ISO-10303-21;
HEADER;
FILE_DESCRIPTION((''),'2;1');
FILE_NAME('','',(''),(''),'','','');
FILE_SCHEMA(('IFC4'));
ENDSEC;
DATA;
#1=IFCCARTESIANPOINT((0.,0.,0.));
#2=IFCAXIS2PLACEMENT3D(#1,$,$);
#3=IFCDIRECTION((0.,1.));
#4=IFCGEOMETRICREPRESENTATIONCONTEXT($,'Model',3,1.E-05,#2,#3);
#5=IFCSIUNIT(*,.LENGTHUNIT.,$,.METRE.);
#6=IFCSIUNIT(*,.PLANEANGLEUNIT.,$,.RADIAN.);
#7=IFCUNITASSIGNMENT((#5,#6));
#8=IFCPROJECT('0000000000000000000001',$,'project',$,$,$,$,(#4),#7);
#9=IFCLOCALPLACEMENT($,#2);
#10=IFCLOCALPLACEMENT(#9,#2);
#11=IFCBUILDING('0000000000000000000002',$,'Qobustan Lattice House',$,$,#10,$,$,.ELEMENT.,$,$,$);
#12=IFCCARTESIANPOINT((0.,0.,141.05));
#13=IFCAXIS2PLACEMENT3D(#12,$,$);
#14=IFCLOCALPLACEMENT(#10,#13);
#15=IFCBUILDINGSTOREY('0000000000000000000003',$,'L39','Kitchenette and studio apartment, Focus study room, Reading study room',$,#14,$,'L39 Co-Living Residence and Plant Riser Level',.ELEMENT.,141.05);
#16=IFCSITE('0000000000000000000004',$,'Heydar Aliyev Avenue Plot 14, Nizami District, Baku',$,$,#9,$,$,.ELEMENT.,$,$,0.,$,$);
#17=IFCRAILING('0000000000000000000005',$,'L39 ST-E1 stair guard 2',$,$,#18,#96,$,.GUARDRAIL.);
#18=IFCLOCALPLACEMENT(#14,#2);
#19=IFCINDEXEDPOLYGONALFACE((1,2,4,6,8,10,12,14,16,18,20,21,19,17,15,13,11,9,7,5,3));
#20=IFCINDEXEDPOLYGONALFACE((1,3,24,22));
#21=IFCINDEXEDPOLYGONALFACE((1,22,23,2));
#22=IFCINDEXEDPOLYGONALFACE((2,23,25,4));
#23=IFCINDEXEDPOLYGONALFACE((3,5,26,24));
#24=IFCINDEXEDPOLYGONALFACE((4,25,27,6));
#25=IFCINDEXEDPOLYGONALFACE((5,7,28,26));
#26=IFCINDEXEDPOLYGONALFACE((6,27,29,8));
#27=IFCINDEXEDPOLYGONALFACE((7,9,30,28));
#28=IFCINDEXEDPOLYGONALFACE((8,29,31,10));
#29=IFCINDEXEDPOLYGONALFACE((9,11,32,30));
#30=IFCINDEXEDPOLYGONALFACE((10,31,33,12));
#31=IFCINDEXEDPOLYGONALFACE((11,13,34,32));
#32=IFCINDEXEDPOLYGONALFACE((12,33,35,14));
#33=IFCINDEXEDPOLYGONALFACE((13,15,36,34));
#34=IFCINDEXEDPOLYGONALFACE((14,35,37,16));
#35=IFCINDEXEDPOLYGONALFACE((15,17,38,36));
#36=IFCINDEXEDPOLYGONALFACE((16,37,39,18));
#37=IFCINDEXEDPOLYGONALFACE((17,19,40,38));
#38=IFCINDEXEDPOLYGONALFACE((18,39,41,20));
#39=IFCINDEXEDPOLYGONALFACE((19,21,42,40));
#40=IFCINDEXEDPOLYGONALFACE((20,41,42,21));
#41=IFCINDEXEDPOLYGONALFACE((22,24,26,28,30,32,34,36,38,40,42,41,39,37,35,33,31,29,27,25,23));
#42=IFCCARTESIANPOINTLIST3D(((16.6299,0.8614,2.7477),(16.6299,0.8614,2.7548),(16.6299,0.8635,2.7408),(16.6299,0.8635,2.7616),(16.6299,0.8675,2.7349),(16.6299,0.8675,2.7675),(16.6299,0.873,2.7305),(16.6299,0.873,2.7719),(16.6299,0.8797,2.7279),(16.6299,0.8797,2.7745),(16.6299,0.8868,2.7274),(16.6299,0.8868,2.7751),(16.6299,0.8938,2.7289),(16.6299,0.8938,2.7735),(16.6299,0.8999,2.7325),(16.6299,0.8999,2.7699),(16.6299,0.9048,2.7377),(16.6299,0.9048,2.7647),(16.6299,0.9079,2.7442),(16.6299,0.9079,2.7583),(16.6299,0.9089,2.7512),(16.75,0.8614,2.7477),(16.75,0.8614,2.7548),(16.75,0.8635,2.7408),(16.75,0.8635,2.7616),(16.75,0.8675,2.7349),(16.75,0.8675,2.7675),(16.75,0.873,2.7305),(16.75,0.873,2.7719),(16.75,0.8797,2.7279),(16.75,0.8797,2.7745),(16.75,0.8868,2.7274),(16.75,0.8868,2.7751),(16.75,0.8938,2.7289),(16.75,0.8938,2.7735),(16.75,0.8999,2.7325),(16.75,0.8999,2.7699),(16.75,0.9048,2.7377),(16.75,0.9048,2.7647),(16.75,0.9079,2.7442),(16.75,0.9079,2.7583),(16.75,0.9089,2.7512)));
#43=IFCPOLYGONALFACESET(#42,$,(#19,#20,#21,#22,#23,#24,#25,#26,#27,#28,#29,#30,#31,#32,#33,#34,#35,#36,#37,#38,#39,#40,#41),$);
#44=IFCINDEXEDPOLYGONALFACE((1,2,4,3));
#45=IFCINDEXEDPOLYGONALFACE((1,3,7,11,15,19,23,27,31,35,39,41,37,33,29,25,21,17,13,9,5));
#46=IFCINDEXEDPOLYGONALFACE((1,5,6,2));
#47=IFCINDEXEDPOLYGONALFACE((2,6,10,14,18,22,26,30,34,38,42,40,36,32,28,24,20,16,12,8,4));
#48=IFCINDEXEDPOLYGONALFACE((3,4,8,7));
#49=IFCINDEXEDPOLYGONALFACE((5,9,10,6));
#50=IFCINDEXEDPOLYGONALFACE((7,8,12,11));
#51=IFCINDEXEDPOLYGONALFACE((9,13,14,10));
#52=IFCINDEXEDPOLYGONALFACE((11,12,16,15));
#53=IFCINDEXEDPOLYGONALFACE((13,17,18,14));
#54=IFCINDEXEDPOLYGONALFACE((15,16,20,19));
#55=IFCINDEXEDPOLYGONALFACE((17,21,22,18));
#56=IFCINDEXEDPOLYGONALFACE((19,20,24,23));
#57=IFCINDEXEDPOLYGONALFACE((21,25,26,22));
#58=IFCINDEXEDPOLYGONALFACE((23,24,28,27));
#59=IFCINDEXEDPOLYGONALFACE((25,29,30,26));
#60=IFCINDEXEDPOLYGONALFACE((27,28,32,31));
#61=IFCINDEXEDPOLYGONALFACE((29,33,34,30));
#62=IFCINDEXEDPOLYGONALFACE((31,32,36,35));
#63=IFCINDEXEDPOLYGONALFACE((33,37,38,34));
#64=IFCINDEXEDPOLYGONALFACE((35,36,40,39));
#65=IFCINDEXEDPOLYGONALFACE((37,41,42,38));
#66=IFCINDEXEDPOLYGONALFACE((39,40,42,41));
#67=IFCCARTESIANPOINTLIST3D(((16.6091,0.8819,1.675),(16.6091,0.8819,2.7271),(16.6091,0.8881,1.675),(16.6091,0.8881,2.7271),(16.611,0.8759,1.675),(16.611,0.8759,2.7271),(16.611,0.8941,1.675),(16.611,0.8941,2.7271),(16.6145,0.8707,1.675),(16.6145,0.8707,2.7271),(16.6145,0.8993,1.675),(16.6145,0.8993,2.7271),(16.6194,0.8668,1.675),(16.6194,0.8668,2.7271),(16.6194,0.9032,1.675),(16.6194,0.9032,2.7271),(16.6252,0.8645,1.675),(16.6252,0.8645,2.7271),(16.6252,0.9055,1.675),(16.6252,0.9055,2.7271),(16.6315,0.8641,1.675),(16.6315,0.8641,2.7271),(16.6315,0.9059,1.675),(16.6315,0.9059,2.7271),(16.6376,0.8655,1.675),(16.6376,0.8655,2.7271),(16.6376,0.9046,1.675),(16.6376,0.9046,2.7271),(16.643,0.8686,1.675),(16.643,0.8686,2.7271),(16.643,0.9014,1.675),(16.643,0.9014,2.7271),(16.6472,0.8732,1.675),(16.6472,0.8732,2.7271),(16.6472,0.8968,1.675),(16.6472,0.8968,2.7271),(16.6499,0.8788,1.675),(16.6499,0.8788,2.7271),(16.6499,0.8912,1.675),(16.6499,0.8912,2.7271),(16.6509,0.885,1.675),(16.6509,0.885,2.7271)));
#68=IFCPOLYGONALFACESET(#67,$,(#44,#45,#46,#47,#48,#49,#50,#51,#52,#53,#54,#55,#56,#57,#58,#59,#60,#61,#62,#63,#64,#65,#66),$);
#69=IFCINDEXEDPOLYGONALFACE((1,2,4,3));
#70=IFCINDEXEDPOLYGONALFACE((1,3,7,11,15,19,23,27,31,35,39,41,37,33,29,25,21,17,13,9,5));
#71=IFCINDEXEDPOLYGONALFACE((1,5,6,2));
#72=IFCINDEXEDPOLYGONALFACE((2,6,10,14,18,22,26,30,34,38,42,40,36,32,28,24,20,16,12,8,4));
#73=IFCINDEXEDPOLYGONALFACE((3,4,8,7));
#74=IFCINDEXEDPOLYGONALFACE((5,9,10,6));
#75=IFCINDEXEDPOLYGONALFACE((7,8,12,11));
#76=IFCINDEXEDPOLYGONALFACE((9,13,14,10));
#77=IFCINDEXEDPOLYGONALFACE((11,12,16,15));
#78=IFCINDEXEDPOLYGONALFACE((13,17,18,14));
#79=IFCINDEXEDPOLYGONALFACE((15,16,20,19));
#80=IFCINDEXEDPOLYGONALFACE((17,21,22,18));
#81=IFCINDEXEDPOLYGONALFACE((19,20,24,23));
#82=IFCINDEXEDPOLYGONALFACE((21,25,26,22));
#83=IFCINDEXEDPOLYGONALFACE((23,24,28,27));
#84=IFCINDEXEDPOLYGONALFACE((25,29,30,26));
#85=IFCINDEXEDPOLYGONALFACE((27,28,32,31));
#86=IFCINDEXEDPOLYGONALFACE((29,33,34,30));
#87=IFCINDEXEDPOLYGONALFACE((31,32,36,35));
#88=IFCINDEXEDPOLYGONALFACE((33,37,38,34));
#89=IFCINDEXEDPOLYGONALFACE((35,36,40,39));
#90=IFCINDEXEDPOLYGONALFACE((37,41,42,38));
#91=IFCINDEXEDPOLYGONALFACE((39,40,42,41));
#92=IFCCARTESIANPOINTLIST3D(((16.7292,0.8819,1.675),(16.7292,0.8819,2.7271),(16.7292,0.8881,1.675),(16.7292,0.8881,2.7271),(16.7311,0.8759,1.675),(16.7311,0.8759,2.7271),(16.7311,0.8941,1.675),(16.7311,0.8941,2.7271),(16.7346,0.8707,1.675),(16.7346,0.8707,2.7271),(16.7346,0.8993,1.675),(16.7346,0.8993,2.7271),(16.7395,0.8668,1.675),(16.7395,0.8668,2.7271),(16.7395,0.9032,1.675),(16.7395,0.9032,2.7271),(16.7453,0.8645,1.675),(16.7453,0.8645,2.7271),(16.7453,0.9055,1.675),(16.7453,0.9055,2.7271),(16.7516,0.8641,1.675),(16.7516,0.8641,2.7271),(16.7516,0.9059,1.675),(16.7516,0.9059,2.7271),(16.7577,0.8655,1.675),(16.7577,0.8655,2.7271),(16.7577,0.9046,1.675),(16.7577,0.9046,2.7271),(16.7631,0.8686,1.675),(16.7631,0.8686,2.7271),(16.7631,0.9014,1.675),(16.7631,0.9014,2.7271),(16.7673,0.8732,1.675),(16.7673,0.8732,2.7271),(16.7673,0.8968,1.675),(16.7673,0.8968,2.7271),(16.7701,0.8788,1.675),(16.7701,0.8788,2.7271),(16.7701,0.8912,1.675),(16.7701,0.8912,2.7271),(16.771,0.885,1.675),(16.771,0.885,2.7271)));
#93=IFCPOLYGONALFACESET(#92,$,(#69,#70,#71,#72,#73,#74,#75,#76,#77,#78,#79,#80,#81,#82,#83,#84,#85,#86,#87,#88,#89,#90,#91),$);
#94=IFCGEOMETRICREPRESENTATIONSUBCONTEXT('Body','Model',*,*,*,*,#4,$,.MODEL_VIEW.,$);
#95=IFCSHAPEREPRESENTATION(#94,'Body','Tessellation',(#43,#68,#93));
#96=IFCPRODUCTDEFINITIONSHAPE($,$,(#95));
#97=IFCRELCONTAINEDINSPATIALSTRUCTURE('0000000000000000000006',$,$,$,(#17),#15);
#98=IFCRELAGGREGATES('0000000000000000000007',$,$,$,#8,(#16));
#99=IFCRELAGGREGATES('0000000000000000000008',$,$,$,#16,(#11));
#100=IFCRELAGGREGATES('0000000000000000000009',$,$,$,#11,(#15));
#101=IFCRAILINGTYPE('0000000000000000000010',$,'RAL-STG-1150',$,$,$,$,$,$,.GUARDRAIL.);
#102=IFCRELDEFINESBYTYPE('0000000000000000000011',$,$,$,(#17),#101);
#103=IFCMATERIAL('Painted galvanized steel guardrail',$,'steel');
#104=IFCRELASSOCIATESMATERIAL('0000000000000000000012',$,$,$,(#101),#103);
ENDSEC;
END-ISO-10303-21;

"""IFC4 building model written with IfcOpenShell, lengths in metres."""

from ifc_helpers import new_model, si_unit, direction, frame, origin, origin_2d, place, context, subcontext, project, spatial, circle, extrude, material, type_object, element, save


model = new_model("IFC4")

# Units and contexts
model_context = context("Model", 3, precision=1e-05, world=origin(), true_north=direction((0.0, 1.0)))
body_context = subcontext(model_context, "Body", "Model", "MODEL_VIEW")
ifc_project = project(units=[si_unit("LENGTHUNIT", "METRE"), si_unit("PLANEANGLEUNIT", "RADIAN")], contexts=[model_context])

# Site, building, storey
site_placement = place(None, origin())
site = spatial("IfcSite", under=ifc_project, at=site_placement, Name="Heydar Aliyev Avenue Plot 14, Nizami District, Baku", CompositionType="ELEMENT", RefElevation=0.0)
building_placement = place(site_placement, origin())
building = spatial("IfcBuilding", under=site, at=building_placement, Name="Qobustan Lattice House", CompositionType="ELEMENT")
storey_placement = place(building_placement, frame((0.0, 0.0, 141.05)))
storey = spatial("IfcBuildingStorey", under=building, at=storey_placement, Name="L39", Description="Kitchenette and studio apartment, Focus study room, Reading study room", LongName="L39 Co-Living Residence and Plant Riser Level", CompositionType="ELEMENT", Elevation=141.05)

# Railing
ifc_material_1 = material(Name="Painted galvanized steel guardrail", Category="steel")
railing_type = type_object("IfcRailingType", Name="RAL-STG-1150", PredefinedType="GUARDRAIL", material=ifc_material_1)
railing_placement = place(storey_placement, frame((16.6299, 0.885, 1.675)))
element("IfcRailing", 1, at=railing_placement, inside=storey, type_object=railing_type, Name="L39 ST-E1 stair guard 2", PredefinedType="GUARDRAIL", context=body_context, shape_type="SweptSolid", body=[
    extrude(circle(Radius=0.0239, at=origin_2d()), frame((0.0, 0.0, 1.0762), z_axis=(1.0, 0.0, 0.0), x_axis=(0.0, 1.0, 0.0)), (0.0, 0.0, 1.0), 0.1201),
    extrude(circle(Radius=0.021, at=origin_2d()), origin(), (0.0, 0.0, 1.0), 1.052),
    extrude(circle(Radius=0.021, at=origin_2d()), frame((0.1201, 0.0, 0.0)), (0.0, 0.0, 1.0), 1.052),
])

save(model, "model.ifc")
